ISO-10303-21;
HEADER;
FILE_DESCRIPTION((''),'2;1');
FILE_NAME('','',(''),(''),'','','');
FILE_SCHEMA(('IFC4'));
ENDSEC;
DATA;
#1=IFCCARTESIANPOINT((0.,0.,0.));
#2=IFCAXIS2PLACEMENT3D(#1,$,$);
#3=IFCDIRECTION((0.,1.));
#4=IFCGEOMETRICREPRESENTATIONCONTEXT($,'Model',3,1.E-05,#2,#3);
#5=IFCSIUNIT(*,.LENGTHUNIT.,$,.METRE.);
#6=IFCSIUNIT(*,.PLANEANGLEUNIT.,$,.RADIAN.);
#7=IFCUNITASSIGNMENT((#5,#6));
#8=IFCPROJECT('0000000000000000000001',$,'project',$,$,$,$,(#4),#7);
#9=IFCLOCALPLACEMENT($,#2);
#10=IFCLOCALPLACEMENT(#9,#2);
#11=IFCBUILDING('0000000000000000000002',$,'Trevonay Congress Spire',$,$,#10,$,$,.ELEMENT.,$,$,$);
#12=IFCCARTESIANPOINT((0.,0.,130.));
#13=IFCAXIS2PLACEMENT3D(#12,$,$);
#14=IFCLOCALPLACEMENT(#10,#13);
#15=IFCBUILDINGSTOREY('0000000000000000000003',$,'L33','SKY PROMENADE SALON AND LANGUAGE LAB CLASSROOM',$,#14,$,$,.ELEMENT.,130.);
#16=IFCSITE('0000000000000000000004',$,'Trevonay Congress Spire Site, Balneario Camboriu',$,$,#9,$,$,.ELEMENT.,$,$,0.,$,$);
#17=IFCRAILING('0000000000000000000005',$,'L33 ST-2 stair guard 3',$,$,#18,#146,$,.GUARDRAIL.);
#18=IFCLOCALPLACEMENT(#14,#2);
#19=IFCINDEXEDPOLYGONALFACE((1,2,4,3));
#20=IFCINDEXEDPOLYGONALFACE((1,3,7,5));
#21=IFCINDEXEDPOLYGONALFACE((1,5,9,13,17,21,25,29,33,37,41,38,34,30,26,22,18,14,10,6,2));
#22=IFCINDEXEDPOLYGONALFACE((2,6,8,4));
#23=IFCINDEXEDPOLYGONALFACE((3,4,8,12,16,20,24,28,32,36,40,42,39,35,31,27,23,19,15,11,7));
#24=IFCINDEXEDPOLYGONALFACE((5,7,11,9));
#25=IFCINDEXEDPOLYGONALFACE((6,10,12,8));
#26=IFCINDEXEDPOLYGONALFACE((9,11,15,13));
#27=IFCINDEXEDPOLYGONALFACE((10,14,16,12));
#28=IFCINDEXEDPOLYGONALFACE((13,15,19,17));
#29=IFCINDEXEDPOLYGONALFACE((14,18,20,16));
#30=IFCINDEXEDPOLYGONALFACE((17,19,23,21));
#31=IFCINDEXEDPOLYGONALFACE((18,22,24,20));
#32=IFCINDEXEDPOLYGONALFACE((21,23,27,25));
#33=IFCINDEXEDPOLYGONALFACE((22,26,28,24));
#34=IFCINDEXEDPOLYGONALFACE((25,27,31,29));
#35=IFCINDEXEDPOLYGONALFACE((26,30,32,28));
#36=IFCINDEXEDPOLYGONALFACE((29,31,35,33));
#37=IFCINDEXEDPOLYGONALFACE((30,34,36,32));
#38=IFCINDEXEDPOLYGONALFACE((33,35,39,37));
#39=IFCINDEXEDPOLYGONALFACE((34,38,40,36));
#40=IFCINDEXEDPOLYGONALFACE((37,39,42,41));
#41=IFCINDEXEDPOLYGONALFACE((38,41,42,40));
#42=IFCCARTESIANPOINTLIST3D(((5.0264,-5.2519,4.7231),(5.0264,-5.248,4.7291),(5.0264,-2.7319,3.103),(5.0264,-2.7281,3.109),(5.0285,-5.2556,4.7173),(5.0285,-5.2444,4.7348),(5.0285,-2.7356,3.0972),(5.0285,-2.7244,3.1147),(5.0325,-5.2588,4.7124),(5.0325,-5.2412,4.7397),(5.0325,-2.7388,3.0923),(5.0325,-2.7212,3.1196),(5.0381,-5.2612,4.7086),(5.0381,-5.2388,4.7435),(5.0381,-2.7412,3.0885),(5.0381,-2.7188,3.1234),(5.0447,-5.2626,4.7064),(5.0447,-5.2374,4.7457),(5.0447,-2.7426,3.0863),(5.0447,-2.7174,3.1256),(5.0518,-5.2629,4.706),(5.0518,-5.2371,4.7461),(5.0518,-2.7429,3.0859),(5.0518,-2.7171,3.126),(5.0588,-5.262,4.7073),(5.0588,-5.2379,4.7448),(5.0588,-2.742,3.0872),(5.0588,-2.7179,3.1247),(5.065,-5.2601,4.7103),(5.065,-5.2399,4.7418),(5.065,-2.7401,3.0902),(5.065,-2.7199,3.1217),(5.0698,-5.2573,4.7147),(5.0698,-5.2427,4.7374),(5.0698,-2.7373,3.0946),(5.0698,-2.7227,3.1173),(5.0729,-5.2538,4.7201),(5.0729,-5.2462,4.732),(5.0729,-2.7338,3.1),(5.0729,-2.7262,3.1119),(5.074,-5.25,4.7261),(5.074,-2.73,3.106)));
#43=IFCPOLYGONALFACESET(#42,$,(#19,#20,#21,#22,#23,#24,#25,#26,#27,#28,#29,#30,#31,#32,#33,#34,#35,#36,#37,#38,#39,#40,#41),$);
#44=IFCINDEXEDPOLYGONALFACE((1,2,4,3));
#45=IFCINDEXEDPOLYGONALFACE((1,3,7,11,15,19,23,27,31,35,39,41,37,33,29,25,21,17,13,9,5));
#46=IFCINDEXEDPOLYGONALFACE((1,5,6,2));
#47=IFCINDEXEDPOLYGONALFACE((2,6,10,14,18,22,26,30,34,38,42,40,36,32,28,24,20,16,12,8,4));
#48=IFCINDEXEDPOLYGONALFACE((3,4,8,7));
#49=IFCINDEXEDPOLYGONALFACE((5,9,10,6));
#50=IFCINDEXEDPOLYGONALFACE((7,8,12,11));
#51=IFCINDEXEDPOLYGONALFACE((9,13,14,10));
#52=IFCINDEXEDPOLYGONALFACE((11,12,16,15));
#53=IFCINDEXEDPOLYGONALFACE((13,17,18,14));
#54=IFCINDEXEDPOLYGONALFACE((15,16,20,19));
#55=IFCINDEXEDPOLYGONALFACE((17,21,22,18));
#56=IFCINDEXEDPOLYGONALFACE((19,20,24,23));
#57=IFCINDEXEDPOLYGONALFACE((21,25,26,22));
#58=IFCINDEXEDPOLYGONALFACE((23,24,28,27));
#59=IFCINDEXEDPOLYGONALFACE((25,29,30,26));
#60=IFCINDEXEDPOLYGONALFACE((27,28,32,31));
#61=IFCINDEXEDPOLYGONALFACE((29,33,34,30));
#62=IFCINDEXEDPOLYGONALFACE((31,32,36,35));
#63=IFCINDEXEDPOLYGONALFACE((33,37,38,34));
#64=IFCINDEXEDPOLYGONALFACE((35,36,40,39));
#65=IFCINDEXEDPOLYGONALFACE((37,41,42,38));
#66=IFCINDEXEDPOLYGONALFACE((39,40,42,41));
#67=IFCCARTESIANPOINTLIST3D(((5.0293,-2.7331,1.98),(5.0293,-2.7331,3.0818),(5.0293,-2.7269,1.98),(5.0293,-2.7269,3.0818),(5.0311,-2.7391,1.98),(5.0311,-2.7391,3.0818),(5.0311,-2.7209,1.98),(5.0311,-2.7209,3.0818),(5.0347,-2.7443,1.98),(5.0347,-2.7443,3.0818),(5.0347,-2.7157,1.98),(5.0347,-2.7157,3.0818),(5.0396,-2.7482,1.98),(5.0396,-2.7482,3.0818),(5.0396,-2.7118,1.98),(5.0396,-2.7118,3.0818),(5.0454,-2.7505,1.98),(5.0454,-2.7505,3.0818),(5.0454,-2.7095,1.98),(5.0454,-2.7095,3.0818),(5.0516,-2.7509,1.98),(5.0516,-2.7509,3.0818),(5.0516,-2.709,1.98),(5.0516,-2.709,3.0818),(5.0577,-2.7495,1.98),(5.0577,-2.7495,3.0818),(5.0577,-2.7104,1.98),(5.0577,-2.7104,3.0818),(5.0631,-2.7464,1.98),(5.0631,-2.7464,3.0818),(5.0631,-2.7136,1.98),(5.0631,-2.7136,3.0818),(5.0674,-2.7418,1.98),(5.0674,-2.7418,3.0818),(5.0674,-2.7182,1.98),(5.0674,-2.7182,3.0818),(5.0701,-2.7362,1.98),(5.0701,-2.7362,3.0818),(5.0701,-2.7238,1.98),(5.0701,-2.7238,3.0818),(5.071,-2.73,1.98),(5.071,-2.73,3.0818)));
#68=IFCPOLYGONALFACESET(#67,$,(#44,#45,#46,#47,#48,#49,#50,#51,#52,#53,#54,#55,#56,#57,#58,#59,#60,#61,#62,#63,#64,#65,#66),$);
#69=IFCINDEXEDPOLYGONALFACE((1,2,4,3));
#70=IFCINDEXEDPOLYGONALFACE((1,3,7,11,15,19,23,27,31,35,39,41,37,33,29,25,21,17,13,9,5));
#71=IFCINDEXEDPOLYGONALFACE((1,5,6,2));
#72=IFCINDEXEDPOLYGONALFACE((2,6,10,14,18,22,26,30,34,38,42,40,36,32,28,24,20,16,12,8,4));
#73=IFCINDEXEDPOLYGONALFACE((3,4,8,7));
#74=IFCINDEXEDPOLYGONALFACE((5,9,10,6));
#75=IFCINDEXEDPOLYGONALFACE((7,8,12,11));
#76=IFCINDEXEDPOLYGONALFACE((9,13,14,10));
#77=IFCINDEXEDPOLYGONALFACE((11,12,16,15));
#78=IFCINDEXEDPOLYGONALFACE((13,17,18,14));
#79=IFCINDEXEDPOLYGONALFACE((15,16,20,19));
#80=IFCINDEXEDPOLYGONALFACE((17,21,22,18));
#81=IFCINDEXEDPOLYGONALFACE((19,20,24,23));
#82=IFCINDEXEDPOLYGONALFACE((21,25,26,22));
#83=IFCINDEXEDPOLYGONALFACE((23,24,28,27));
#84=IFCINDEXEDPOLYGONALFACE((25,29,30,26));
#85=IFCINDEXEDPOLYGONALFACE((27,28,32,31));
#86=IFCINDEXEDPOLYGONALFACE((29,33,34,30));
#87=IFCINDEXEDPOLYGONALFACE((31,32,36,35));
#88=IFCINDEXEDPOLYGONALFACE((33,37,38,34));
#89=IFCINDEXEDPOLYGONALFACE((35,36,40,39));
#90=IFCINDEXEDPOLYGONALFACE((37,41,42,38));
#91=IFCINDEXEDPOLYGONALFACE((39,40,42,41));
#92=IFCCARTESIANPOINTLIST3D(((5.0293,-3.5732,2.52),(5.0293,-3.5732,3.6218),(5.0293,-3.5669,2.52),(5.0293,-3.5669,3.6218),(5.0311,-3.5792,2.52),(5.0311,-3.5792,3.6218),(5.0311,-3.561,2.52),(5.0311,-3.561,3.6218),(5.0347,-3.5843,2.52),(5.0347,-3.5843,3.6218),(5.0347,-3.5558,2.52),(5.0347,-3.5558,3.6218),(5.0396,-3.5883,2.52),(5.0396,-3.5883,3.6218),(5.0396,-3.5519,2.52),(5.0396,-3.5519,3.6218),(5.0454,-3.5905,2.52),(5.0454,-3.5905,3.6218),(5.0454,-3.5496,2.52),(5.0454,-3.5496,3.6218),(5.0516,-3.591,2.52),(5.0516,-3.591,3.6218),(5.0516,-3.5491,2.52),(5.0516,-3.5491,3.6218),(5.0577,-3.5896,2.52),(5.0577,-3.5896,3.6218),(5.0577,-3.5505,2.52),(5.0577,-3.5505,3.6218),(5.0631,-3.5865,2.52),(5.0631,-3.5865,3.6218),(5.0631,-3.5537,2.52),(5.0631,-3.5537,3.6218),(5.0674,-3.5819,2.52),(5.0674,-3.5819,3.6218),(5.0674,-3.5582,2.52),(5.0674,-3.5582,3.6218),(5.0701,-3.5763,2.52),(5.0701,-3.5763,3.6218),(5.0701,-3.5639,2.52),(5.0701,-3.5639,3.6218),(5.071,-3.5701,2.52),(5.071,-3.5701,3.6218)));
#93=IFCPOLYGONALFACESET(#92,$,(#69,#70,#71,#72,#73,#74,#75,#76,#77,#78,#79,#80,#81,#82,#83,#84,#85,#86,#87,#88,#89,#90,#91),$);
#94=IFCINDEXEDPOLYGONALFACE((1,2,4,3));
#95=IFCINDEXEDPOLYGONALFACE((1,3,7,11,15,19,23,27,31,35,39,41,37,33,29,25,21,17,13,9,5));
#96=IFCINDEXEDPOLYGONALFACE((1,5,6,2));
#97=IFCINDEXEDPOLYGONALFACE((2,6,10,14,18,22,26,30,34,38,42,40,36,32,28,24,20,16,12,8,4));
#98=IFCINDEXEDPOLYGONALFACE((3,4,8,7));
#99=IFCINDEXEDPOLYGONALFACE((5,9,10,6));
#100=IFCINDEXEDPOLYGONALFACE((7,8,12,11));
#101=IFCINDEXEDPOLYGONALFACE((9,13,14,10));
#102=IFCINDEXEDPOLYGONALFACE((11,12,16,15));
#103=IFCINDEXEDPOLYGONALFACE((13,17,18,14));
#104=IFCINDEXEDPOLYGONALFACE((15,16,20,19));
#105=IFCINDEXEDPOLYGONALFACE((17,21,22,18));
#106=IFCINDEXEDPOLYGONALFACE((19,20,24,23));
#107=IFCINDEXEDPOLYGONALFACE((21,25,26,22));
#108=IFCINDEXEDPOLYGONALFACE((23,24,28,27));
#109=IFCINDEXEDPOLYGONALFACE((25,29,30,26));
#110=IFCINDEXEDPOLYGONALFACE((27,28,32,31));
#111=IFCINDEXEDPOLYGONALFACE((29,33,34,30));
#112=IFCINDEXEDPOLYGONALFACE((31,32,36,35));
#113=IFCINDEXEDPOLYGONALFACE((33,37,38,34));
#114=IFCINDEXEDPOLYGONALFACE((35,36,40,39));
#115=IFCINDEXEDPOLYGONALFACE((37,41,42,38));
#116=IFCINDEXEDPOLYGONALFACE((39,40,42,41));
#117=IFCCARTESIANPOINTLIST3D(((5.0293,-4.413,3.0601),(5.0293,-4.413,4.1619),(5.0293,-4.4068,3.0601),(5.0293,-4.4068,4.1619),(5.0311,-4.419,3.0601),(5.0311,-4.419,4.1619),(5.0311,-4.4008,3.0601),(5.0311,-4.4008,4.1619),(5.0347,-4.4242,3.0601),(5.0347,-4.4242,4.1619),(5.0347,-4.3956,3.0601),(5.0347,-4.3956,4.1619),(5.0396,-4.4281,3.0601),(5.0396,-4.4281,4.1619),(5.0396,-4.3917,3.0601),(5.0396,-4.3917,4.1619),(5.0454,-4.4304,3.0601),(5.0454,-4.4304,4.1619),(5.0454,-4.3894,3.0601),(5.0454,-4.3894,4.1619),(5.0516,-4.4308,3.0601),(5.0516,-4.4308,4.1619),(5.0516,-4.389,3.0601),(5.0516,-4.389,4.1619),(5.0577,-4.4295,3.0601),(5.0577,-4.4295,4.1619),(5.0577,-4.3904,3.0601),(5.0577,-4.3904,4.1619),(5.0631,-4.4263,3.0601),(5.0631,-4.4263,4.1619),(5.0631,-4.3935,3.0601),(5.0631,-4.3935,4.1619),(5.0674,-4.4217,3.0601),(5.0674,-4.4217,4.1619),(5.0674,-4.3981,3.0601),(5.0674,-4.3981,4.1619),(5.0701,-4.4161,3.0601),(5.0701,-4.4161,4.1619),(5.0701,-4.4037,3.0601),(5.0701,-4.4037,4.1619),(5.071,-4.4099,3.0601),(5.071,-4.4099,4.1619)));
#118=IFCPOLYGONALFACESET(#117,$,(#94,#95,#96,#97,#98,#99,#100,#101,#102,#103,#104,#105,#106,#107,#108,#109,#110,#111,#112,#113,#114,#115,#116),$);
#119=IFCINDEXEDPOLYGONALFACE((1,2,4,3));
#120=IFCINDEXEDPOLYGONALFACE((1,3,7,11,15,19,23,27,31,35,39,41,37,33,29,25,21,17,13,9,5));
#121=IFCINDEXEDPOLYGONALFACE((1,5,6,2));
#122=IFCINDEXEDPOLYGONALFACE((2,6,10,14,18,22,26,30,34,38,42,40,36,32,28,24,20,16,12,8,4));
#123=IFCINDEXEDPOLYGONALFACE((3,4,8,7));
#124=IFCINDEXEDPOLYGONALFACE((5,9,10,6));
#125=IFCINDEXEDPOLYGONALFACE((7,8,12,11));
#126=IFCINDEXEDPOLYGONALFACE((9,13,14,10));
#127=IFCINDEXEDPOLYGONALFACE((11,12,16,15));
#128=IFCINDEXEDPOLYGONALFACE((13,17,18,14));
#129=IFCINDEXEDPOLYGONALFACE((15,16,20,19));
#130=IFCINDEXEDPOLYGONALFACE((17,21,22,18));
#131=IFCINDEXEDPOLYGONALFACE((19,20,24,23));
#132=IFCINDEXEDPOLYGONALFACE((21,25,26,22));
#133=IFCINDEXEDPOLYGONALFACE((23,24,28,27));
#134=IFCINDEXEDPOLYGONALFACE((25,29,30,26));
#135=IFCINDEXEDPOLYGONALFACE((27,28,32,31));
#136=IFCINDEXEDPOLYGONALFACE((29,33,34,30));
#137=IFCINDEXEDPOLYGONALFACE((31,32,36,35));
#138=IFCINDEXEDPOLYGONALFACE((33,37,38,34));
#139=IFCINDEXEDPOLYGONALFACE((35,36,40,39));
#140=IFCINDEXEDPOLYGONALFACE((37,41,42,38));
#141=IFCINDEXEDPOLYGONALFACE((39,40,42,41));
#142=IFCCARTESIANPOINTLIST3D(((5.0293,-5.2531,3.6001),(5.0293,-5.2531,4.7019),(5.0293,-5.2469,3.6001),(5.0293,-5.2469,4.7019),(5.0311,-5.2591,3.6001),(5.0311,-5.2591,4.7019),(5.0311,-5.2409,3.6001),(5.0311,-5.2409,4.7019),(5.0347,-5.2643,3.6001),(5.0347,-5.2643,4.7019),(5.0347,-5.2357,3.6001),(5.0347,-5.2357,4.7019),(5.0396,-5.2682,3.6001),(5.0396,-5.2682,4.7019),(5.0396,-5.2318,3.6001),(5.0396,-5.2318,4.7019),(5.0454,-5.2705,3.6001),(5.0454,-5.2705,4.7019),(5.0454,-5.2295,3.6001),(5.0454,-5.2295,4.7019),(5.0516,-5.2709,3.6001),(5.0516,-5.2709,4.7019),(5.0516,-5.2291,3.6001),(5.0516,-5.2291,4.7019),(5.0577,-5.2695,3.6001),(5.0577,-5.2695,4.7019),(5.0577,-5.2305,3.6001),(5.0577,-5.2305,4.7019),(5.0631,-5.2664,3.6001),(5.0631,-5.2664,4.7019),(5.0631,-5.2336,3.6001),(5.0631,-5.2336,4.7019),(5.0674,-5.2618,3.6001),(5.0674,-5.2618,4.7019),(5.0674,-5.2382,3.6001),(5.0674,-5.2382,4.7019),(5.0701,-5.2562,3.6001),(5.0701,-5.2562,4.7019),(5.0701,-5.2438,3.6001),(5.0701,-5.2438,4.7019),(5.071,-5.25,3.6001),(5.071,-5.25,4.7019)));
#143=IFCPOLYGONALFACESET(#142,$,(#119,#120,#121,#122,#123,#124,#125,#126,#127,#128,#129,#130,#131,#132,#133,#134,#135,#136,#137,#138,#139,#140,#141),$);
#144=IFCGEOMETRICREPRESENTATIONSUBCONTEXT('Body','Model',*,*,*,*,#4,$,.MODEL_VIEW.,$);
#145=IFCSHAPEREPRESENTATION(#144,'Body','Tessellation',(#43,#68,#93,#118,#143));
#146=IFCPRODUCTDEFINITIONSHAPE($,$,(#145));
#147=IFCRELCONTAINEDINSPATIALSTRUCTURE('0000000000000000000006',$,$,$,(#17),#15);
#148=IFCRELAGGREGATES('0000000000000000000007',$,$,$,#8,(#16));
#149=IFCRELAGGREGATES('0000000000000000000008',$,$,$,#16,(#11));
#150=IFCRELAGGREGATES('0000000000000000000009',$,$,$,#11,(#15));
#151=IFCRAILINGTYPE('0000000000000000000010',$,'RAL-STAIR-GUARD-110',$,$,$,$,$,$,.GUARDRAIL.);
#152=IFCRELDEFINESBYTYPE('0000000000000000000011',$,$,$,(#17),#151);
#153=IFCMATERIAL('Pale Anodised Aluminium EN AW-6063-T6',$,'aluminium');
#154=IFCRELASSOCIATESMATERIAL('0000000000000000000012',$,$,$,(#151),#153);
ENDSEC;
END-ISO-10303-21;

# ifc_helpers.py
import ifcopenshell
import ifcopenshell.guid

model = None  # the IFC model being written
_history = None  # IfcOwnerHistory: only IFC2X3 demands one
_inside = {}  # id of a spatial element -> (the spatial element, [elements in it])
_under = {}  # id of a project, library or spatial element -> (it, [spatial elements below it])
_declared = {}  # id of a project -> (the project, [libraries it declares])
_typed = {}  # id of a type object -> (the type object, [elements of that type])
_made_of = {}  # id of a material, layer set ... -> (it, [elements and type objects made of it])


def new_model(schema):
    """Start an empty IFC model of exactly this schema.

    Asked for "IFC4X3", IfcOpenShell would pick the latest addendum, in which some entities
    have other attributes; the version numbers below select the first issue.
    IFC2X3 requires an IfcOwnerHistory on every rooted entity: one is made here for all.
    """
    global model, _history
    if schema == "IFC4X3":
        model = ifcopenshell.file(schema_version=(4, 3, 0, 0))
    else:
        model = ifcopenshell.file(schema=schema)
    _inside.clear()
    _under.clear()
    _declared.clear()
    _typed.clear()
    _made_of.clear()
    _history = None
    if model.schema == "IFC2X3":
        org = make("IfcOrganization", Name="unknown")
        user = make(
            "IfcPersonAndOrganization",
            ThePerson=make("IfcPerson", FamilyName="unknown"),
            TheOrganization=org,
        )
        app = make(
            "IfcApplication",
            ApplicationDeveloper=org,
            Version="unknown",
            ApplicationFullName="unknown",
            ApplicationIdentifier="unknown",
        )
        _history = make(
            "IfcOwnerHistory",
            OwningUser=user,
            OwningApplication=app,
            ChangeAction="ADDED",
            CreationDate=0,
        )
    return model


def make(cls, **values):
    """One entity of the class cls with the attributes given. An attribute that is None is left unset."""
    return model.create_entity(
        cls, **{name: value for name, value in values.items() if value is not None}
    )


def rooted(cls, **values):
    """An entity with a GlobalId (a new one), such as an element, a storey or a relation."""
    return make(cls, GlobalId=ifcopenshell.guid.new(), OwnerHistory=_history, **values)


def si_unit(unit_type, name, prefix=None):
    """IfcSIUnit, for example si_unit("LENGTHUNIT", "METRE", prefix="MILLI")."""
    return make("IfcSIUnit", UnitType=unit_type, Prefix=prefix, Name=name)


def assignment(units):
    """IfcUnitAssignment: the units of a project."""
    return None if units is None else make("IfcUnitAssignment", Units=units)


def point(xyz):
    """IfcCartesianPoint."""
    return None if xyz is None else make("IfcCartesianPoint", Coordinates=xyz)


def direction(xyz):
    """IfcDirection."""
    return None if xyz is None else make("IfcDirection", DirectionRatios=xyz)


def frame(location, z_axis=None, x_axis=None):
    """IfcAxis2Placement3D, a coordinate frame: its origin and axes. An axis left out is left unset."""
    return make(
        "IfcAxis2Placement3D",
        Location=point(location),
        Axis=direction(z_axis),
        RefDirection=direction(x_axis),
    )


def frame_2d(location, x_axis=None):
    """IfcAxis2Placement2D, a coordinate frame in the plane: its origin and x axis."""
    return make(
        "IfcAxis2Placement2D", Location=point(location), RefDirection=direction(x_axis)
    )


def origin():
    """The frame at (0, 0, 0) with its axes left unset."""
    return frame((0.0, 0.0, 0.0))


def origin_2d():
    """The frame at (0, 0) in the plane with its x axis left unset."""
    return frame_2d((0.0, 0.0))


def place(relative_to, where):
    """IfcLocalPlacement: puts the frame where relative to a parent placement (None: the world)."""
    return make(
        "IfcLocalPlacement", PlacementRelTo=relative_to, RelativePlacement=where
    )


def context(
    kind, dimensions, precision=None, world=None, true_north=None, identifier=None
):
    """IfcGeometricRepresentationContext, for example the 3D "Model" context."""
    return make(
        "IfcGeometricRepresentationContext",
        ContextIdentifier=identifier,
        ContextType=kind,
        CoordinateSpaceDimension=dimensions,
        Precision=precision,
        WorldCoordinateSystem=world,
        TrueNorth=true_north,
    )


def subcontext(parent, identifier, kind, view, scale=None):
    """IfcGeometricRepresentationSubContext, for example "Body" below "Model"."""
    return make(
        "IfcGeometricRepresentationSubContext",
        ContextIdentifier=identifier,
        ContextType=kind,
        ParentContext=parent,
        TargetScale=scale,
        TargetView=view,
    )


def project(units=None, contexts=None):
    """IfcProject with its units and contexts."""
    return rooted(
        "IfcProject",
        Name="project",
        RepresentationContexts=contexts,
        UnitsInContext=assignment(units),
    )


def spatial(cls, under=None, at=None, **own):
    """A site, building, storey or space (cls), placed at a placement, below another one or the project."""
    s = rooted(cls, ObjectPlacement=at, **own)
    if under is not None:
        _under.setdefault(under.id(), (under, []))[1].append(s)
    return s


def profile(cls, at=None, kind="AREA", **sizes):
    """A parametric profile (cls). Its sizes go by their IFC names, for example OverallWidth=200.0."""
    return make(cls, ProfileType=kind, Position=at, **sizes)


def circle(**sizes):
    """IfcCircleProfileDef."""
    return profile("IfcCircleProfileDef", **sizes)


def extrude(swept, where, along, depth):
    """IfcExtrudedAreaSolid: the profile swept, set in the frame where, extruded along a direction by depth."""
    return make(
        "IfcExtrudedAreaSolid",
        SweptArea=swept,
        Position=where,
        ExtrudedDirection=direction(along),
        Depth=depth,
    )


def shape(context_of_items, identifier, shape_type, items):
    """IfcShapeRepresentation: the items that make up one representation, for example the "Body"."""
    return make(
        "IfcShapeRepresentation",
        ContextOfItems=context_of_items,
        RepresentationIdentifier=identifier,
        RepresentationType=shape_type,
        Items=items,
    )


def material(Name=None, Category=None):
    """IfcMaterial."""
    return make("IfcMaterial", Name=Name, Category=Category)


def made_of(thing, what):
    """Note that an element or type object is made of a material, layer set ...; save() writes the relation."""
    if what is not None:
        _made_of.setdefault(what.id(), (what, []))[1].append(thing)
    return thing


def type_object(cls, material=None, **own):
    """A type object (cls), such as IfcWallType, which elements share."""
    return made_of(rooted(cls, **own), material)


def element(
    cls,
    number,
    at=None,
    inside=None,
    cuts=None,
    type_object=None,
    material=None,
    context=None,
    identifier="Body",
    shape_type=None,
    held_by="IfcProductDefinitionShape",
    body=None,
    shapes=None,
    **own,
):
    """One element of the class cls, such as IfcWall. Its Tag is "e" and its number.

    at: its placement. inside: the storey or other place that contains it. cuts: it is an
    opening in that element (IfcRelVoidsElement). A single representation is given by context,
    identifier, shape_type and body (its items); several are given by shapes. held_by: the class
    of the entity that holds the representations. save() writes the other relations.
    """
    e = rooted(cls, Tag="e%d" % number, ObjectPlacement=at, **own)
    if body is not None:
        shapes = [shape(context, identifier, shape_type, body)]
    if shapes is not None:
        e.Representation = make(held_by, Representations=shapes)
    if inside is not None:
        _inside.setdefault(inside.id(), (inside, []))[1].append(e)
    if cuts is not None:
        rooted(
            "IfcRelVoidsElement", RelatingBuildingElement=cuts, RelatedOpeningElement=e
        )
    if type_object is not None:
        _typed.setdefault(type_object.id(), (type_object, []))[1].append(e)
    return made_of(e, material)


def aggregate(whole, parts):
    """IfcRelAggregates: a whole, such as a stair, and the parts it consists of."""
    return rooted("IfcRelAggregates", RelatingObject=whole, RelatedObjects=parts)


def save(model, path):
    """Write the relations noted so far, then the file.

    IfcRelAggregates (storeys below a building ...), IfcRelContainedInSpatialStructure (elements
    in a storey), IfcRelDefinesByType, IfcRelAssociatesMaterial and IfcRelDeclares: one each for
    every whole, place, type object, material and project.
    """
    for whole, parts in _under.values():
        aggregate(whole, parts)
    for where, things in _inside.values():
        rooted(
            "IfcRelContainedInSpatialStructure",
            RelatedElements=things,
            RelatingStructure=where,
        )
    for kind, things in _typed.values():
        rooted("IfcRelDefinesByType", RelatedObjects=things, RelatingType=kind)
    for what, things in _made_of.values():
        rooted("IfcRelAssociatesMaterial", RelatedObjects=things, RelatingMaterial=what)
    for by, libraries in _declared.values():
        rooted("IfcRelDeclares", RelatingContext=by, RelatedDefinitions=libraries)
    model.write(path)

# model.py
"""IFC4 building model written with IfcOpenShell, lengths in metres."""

from ifc_helpers import new_model, si_unit, direction, frame, origin, origin_2d, place, context, subcontext, project, spatial, circle, extrude, material, type_object, element, save


model = new_model("IFC4")

# Units and contexts
model_context = context("Model", 3, precision=1e-05, world=origin(), true_north=direction((0.0, 1.0)))
body_context = subcontext(model_context, "Body", "Model", "MODEL_VIEW")
ifc_project = project(units=[si_unit("LENGTHUNIT", "METRE"), si_unit("PLANEANGLEUNIT", "RADIAN")], contexts=[model_context])

# Site, building, storey
site_placement = place(None, origin())
site = spatial("IfcSite", under=ifc_project, at=site_placement, Name="Trevonay Congress Spire Site, Balneario Camboriu", CompositionType="ELEMENT", RefElevation=0.0)
building_placement = place(site_placement, origin())
building = spatial("IfcBuilding", under=site, at=building_placement, Name="Trevonay Congress Spire", CompositionType="ELEMENT")
storey_placement = place(building_placement, frame((0.0, 0.0, 130.0)))
storey = spatial("IfcBuildingStorey", under=building, at=storey_placement, Name="L33", Description="SKY PROMENADE SALON AND LANGUAGE LAB CLASSROOM", CompositionType="ELEMENT", Elevation=130.0)

# Shared definitions
ifc_material_1 = material(Name="Pale Anodised Aluminium EN AW-6063-T6", Category="aluminium")

# Railing
railing_type_1 = type_object("IfcRailingType", Name="RAL-STAIR-GUARD-110", PredefinedType="GUARDRAIL", material=ifc_material_1)
railing_1_placement = place(storey_placement, frame((5.05, -2.73, 1.98)))
element("IfcRailing", 1, at=railing_1_placement, inside=storey, type_object=railing_type_1, Name="L33 ST-2 stair guard 3", PredefinedType="GUARDRAIL", context=body_context, shape_type="SweptSolid", body=[
    extrude(circle(Radius=0.0239, at=origin_2d()), frame((0.0, 0.0, 1.126), z_axis=(0.0, -0.841163, 0.540782), x_axis=(1.0, 0.0, 0.0)), (0.0, 0.0, 1.0), 2.9958),
    extrude(circle(Radius=0.021, at=origin_2d()), origin(), (0.0, 0.0, 1.0), 1.1018),
    extrude(circle(Radius=0.021, at=origin_2d()), frame((0.0, -0.8401, 0.54)), (0.0, 0.0, 1.0), 1.1018),
    extrude(circle(Radius=0.021, at=origin_2d()), frame((0.0, -1.6799, 1.0801)), (0.0, 0.0, 1.0), 1.1018),
    extrude(circle(Radius=0.021, at=origin_2d()), frame((0.0, -2.52, 1.6201)), (0.0, 0.0, 1.0), 1.1018),
])

save(model, "model.ifc")
